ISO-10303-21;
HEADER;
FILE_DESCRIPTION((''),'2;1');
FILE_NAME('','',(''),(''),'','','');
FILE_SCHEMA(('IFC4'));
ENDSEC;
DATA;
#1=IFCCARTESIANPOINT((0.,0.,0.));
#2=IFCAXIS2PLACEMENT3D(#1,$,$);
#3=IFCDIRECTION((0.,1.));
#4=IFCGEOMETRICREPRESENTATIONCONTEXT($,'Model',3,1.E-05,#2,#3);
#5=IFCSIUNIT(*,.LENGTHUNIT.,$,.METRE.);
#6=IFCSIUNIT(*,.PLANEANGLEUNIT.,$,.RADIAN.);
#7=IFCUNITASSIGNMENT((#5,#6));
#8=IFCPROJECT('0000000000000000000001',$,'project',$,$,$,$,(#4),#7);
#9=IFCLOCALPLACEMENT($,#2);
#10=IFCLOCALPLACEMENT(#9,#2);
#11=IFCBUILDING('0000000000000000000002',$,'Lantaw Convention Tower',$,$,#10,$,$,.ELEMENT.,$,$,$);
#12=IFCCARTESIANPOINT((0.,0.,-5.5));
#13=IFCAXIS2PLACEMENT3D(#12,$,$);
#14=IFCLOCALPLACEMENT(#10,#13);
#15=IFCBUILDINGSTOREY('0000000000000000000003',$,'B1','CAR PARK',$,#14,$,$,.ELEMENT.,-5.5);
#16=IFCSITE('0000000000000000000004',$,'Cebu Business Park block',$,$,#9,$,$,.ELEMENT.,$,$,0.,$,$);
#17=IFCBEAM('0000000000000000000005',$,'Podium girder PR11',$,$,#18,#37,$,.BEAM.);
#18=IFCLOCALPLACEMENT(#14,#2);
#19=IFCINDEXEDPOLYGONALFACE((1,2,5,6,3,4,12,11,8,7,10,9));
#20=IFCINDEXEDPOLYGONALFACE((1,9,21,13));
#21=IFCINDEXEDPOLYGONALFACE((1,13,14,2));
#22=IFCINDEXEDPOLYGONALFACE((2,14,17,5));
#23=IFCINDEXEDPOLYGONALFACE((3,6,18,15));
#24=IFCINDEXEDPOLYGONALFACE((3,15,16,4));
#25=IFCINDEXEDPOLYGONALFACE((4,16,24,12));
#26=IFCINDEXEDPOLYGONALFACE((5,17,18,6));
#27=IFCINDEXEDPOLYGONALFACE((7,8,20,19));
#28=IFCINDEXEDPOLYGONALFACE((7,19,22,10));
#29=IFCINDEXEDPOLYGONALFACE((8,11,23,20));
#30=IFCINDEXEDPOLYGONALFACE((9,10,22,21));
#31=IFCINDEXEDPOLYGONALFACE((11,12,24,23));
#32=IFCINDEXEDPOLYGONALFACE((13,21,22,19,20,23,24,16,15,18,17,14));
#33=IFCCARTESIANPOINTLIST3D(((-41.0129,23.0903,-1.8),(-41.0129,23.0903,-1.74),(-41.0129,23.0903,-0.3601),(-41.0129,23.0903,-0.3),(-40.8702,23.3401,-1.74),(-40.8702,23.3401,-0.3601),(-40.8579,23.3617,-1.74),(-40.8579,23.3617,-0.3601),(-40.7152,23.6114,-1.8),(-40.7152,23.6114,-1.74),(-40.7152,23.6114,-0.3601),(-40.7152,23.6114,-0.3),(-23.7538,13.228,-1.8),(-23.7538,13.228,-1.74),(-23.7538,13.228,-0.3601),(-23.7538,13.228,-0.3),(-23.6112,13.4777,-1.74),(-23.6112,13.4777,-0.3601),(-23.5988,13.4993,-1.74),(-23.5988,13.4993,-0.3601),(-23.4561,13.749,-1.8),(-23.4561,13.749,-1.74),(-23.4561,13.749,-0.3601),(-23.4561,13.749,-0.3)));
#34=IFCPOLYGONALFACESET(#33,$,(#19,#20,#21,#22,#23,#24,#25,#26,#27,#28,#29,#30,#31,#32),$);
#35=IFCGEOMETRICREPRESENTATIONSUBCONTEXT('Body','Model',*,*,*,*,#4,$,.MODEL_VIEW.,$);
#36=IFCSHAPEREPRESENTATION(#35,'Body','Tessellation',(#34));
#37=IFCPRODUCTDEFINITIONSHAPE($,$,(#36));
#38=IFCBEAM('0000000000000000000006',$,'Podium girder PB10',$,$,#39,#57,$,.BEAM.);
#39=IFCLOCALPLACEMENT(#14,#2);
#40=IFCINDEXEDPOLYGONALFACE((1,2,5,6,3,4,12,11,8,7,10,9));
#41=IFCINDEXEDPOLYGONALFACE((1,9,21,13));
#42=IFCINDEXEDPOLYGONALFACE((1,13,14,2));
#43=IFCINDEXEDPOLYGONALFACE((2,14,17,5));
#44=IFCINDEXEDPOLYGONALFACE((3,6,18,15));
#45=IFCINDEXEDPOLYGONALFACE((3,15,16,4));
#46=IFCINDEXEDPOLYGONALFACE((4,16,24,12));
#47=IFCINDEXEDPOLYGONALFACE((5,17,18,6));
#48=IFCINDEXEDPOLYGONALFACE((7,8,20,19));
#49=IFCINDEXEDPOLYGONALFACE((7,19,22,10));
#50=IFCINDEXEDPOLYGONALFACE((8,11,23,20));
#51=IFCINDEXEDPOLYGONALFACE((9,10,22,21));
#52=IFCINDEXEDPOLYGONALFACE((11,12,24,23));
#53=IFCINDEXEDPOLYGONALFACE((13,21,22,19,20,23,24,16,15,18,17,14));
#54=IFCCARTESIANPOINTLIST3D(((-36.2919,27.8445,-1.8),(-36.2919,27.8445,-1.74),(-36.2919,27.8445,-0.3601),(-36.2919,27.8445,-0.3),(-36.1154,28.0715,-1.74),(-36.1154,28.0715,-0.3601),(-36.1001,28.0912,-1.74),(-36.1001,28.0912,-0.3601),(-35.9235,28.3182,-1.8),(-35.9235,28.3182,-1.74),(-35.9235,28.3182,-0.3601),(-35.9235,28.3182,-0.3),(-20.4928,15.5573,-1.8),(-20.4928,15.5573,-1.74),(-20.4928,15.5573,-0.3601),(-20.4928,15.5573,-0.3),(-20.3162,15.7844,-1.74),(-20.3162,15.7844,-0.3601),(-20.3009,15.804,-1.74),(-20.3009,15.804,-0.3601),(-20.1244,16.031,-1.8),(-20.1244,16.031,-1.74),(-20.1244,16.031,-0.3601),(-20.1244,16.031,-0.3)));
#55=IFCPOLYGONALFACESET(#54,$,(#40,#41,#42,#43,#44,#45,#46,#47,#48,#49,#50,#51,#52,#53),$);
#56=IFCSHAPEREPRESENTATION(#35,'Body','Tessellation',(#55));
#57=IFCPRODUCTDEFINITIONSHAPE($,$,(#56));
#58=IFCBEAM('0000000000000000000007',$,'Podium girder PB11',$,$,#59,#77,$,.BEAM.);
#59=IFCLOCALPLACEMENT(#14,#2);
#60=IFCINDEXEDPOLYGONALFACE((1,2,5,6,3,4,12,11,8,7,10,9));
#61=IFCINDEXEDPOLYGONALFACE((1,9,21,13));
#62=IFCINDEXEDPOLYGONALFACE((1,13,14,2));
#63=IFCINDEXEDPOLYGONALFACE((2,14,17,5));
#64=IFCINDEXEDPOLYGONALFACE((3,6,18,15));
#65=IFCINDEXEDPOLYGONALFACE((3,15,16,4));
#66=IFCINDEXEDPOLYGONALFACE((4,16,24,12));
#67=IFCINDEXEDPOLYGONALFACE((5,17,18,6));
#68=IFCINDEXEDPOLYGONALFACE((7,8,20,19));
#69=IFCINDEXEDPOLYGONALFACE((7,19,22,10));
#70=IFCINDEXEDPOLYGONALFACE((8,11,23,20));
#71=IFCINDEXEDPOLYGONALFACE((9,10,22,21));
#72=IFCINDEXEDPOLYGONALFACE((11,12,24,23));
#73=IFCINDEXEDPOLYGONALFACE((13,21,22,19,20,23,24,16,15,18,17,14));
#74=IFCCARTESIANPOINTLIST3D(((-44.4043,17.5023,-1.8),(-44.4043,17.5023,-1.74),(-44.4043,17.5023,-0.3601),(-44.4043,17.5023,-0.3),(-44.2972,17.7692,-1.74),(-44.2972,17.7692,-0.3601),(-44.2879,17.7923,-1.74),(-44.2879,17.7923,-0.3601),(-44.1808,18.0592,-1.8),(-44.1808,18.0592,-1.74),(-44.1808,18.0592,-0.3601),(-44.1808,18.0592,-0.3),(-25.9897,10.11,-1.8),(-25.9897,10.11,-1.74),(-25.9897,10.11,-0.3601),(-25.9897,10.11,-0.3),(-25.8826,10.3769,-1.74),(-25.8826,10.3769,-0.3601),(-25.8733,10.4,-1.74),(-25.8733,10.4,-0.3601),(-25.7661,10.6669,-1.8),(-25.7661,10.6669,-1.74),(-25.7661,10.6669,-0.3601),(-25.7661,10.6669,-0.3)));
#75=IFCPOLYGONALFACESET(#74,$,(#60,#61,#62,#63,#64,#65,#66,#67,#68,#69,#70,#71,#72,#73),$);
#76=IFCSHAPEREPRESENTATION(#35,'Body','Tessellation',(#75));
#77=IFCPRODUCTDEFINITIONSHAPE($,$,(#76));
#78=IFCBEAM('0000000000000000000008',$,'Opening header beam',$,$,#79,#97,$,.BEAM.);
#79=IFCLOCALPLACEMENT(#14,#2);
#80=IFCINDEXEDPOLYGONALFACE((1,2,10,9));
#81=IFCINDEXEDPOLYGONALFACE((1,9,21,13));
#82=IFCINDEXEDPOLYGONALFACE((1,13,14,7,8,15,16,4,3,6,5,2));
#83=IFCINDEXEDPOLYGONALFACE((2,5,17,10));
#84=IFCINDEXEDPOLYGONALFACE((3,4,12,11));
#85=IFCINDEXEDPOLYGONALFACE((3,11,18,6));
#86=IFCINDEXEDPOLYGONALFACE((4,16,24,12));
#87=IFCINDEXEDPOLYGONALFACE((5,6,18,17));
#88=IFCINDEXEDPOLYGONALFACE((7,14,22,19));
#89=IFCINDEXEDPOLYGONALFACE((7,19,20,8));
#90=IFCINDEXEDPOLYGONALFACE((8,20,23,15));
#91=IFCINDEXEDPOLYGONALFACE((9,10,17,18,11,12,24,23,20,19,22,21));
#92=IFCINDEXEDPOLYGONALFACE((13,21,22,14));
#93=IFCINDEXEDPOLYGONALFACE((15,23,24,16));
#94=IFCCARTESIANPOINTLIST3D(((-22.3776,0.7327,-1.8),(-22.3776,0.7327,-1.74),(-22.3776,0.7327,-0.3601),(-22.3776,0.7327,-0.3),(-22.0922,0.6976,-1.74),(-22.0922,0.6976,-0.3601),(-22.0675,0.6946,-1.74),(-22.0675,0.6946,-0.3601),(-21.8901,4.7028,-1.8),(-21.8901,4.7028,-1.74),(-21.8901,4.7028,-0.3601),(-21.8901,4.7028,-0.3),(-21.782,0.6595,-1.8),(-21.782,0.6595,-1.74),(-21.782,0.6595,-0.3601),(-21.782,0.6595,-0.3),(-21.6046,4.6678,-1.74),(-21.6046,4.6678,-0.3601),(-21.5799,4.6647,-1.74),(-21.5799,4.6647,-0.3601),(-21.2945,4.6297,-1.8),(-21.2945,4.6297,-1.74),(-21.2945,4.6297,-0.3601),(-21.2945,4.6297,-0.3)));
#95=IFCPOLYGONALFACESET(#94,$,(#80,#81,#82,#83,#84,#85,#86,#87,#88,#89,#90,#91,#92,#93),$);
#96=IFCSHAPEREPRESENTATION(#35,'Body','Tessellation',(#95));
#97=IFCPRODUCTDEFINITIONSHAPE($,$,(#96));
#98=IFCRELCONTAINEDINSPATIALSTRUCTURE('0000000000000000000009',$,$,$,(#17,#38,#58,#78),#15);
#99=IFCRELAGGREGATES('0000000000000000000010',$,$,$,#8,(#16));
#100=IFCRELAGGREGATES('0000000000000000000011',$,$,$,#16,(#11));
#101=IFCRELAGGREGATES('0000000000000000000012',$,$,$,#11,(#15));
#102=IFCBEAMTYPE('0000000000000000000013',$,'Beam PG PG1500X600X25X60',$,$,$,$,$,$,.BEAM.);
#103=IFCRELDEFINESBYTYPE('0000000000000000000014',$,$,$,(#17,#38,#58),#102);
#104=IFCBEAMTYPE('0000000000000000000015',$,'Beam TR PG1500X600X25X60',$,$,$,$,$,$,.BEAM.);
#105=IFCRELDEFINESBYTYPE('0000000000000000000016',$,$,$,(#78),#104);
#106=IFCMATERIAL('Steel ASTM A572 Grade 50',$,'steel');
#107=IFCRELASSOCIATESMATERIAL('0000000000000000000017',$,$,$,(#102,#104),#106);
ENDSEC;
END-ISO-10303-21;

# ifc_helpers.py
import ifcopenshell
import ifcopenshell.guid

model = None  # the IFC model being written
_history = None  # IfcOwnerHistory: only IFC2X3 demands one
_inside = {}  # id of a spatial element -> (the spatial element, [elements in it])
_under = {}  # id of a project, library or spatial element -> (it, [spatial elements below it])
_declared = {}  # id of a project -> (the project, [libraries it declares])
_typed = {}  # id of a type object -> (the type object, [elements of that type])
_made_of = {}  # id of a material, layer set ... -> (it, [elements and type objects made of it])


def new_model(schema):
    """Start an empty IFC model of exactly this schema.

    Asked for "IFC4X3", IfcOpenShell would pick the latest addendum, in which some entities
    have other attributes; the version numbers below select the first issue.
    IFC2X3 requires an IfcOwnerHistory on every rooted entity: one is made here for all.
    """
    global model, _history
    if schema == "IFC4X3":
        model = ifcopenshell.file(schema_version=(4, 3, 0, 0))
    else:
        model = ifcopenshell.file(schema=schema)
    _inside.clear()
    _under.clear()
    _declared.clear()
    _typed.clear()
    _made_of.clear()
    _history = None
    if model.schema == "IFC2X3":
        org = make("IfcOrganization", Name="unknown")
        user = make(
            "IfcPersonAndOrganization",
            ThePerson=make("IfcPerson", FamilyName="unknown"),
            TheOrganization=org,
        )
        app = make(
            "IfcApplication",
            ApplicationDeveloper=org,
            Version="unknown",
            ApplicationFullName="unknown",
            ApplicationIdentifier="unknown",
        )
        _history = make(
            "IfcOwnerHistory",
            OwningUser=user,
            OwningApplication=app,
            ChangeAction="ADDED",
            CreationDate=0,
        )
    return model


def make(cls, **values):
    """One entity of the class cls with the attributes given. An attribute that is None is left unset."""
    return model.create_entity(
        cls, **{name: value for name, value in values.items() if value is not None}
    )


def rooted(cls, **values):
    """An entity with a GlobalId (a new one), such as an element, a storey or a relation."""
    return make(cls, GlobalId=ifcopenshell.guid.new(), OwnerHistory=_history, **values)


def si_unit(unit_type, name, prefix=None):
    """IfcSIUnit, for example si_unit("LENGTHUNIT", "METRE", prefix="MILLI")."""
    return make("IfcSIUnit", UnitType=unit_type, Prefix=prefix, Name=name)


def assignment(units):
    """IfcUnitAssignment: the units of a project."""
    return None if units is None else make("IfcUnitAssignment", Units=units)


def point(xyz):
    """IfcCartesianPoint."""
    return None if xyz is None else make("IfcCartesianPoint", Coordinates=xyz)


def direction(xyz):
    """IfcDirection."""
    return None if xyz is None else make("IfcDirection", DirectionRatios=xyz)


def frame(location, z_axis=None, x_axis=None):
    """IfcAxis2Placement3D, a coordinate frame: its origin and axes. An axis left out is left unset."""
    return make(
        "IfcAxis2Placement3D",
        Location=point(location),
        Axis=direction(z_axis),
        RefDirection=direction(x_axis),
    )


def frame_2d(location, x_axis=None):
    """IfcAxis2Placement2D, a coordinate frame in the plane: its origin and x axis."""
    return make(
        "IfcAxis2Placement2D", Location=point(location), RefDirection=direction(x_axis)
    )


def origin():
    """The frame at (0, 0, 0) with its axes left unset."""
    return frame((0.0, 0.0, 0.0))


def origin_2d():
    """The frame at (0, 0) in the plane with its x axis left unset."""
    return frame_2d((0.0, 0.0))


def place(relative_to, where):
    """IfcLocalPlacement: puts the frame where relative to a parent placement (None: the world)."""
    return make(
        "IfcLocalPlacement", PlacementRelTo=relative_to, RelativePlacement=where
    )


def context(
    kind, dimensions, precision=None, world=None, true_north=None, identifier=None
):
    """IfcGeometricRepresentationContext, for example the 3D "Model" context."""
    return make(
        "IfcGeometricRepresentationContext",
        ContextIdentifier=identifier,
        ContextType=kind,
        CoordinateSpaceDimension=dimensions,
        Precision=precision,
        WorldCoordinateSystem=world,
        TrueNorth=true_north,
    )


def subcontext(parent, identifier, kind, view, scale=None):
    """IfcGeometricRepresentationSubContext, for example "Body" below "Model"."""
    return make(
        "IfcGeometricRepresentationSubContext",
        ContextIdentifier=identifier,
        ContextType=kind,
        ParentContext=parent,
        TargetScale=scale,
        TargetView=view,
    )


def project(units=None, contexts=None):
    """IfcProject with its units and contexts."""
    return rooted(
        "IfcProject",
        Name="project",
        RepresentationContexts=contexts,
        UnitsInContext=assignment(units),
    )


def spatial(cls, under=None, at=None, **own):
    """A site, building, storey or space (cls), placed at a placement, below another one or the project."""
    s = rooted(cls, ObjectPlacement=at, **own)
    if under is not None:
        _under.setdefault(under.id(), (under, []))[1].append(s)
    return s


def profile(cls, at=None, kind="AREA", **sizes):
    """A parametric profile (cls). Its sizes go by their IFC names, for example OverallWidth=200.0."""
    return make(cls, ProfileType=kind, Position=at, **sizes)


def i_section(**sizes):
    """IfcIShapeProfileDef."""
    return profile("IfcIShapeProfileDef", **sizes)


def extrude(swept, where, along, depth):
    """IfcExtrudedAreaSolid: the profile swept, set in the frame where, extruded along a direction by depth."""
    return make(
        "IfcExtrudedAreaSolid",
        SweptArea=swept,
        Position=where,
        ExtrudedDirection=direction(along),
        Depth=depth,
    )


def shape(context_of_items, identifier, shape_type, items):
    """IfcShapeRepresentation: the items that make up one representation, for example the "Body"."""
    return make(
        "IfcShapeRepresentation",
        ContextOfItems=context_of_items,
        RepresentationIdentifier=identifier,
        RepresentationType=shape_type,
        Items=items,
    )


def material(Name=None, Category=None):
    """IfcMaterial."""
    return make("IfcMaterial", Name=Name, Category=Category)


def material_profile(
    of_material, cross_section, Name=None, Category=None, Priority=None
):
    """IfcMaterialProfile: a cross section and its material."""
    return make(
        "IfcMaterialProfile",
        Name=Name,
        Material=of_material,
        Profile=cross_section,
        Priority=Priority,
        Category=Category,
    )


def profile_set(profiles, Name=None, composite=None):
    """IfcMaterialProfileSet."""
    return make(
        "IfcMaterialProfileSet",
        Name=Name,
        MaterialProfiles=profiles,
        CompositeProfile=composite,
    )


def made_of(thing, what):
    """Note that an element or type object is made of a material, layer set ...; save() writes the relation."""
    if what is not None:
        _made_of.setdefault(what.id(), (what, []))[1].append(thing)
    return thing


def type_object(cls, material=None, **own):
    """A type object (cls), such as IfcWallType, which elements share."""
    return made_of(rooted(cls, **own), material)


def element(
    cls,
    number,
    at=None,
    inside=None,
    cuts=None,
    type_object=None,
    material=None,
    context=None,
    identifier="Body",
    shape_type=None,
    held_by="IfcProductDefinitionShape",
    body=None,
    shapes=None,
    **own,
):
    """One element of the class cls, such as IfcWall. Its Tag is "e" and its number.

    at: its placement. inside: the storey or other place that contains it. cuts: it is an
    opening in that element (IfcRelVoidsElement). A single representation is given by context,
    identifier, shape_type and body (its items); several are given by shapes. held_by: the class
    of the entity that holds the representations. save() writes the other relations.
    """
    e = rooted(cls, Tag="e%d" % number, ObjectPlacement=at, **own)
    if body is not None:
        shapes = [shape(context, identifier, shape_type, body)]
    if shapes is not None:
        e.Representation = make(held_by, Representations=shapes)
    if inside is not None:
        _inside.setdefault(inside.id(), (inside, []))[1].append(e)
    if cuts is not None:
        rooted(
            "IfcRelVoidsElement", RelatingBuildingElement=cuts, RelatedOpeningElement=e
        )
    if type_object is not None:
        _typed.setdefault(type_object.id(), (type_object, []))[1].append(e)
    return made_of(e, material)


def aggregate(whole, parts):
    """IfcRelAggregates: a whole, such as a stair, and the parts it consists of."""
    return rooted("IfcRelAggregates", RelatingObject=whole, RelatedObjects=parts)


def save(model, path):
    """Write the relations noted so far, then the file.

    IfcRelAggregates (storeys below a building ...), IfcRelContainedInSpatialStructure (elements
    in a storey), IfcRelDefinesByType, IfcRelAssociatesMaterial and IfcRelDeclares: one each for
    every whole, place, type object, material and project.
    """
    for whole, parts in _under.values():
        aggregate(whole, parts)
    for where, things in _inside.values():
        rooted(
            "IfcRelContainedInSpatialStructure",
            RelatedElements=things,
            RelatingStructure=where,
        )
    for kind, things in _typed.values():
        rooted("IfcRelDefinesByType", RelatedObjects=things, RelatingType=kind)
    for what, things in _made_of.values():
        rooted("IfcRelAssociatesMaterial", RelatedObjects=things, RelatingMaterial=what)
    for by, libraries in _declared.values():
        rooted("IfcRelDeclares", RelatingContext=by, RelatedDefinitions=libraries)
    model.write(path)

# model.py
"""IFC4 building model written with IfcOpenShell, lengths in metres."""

from ifc_helpers import new_model, si_unit, direction, frame, origin, origin_2d, place, context, subcontext, project, spatial, i_section, extrude, material, material_profile, profile_set, type_object, element, save


model = new_model("IFC4")

# Units and contexts
model_context = context("Model", 3, precision=1e-05, world=origin(), true_north=direction((0.0, 1.0)))
body_context = subcontext(model_context, "Body", "Model", "MODEL_VIEW")
ifc_project = project(units=[si_unit("LENGTHUNIT", "METRE"), si_unit("PLANEANGLEUNIT", "RADIAN")], contexts=[model_context])

# Site, building, storey
site_placement = place(None, origin())
site = spatial("IfcSite", under=ifc_project, at=site_placement, Name="Cebu Business Park block", CompositionType="ELEMENT", RefElevation=0.0)
building_placement = place(site_placement, origin())
building = spatial("IfcBuilding", under=site, at=building_placement, Name="Lantaw Convention Tower", CompositionType="ELEMENT")
storey_placement = place(building_placement, frame((0.0, 0.0, -5.5)))
storey = spatial("IfcBuildingStorey", under=building, at=storey_placement, Name="B1", Description="CAR PARK", CompositionType="ELEMENT", Elevation=-5.5)

# Shared definitions
ifc_material_1 = material(Name="Steel ASTM A572 Grade 50", Category="steel")

# Beams
ifc_material_profile_1 = material_profile(ifc_material_1, i_section(OverallWidth=0.6001, OverallDepth=1.5, WebThickness=0.0249, FlangeThickness=0.0601, at=origin_2d()), Name="PG1500X600X25X60")
ifc_profile_set_1 = profile_set([ifc_material_profile_1], Name="Steel ASTM A572 Grade 50")
beam_type_1 = type_object("IfcBeamType", Name="Beam PG PG1500X600X25X60", PredefinedType="BEAM", material=ifc_profile_set_1)
beam_1_placement = place(storey_placement, frame((-23.605, 13.4885, -1.05), z_axis=(-0.868243, 0.496139, 0.0), x_axis=(-0.496139, -0.868243, 0.0)))
element("IfcBeam", 1, at=beam_1_placement, inside=storey, type_object=beam_type_1, Name="Podium girder PR11", PredefinedType="BEAM", context=body_context, shape_type="SweptSolid", body=[
    extrude(i_section(OverallWidth=0.6001, OverallDepth=1.5, WebThickness=0.0249, FlangeThickness=0.0601, at=origin_2d()), origin(), (0.0, 0.0, 1.0), 19.8782),
])
beam_2_placement = place(storey_placement, frame((-20.3086, 15.7942, -1.05), z_axis=(-0.789378, 0.613908, 0.0), x_axis=(-0.613908, -0.789378, 0.0)))
element("IfcBeam", 2, at=beam_2_placement, inside=storey, type_object=beam_type_1, Name="Podium girder PB10", PredefinedType="BEAM", context=body_context, shape_type="SweptSolid", body=[
    extrude(i_section(OverallWidth=0.6001, OverallDepth=1.5, WebThickness=0.0249, FlangeThickness=0.0601, at=origin_2d()), origin(), (0.0, 0.0, 1.0), 20.0146),
])
beam_3_placement = place(storey_placement, frame((-25.8779, 10.3884, -1.05), z_axis=(-0.928015, 0.372542, 0.0), x_axis=(-0.372542, -0.928015, 0.0)))
element("IfcBeam", 3, at=beam_3_placement, inside=storey, type_object=beam_type_1, Name="Podium girder PB11", PredefinedType="BEAM", context=body_context, shape_type="SweptSolid", body=[
    extrude(i_section(OverallWidth=0.6001, OverallDepth=1.5, WebThickness=0.0249, FlangeThickness=0.0601, at=origin_2d()), origin(), (0.0, 0.0, 1.0), 19.843),
])
ifc_material_profile_2 = material_profile(ifc_material_1, i_section(OverallWidth=0.6001, OverallDepth=1.5, WebThickness=0.0249, FlangeThickness=0.0601, at=origin_2d()), Name="PG1500X600X25X60")
ifc_profile_set_2 = profile_set([ifc_material_profile_2], Name="Steel ASTM A572 Grade 50")
beam_type_2 = type_object("IfcBeamType", Name="Beam TR PG1500X600X25X60", PredefinedType="BEAM", material=ifc_profile_set_2)
beam_4_placement = place(storey_placement, frame((-21.5923, 4.6663, -1.05), z_axis=(-0.121886, -0.992544, 0.0), x_axis=(0.992544, -0.121886, 0.0)))
element("IfcBeam", 4, at=beam_4_placement, inside=storey, type_object=beam_type_2, Name="Opening header beam", PredefinedType="BEAM", context=body_context, shape_type="SweptSolid", body=[
    extrude(i_section(OverallWidth=0.6001, OverallDepth=1.5, WebThickness=0.0249, FlangeThickness=0.0601, at=origin_2d()), origin(), (0.0, 0.0, 1.0), 4.0),
])

save(model, "model.ifc")
